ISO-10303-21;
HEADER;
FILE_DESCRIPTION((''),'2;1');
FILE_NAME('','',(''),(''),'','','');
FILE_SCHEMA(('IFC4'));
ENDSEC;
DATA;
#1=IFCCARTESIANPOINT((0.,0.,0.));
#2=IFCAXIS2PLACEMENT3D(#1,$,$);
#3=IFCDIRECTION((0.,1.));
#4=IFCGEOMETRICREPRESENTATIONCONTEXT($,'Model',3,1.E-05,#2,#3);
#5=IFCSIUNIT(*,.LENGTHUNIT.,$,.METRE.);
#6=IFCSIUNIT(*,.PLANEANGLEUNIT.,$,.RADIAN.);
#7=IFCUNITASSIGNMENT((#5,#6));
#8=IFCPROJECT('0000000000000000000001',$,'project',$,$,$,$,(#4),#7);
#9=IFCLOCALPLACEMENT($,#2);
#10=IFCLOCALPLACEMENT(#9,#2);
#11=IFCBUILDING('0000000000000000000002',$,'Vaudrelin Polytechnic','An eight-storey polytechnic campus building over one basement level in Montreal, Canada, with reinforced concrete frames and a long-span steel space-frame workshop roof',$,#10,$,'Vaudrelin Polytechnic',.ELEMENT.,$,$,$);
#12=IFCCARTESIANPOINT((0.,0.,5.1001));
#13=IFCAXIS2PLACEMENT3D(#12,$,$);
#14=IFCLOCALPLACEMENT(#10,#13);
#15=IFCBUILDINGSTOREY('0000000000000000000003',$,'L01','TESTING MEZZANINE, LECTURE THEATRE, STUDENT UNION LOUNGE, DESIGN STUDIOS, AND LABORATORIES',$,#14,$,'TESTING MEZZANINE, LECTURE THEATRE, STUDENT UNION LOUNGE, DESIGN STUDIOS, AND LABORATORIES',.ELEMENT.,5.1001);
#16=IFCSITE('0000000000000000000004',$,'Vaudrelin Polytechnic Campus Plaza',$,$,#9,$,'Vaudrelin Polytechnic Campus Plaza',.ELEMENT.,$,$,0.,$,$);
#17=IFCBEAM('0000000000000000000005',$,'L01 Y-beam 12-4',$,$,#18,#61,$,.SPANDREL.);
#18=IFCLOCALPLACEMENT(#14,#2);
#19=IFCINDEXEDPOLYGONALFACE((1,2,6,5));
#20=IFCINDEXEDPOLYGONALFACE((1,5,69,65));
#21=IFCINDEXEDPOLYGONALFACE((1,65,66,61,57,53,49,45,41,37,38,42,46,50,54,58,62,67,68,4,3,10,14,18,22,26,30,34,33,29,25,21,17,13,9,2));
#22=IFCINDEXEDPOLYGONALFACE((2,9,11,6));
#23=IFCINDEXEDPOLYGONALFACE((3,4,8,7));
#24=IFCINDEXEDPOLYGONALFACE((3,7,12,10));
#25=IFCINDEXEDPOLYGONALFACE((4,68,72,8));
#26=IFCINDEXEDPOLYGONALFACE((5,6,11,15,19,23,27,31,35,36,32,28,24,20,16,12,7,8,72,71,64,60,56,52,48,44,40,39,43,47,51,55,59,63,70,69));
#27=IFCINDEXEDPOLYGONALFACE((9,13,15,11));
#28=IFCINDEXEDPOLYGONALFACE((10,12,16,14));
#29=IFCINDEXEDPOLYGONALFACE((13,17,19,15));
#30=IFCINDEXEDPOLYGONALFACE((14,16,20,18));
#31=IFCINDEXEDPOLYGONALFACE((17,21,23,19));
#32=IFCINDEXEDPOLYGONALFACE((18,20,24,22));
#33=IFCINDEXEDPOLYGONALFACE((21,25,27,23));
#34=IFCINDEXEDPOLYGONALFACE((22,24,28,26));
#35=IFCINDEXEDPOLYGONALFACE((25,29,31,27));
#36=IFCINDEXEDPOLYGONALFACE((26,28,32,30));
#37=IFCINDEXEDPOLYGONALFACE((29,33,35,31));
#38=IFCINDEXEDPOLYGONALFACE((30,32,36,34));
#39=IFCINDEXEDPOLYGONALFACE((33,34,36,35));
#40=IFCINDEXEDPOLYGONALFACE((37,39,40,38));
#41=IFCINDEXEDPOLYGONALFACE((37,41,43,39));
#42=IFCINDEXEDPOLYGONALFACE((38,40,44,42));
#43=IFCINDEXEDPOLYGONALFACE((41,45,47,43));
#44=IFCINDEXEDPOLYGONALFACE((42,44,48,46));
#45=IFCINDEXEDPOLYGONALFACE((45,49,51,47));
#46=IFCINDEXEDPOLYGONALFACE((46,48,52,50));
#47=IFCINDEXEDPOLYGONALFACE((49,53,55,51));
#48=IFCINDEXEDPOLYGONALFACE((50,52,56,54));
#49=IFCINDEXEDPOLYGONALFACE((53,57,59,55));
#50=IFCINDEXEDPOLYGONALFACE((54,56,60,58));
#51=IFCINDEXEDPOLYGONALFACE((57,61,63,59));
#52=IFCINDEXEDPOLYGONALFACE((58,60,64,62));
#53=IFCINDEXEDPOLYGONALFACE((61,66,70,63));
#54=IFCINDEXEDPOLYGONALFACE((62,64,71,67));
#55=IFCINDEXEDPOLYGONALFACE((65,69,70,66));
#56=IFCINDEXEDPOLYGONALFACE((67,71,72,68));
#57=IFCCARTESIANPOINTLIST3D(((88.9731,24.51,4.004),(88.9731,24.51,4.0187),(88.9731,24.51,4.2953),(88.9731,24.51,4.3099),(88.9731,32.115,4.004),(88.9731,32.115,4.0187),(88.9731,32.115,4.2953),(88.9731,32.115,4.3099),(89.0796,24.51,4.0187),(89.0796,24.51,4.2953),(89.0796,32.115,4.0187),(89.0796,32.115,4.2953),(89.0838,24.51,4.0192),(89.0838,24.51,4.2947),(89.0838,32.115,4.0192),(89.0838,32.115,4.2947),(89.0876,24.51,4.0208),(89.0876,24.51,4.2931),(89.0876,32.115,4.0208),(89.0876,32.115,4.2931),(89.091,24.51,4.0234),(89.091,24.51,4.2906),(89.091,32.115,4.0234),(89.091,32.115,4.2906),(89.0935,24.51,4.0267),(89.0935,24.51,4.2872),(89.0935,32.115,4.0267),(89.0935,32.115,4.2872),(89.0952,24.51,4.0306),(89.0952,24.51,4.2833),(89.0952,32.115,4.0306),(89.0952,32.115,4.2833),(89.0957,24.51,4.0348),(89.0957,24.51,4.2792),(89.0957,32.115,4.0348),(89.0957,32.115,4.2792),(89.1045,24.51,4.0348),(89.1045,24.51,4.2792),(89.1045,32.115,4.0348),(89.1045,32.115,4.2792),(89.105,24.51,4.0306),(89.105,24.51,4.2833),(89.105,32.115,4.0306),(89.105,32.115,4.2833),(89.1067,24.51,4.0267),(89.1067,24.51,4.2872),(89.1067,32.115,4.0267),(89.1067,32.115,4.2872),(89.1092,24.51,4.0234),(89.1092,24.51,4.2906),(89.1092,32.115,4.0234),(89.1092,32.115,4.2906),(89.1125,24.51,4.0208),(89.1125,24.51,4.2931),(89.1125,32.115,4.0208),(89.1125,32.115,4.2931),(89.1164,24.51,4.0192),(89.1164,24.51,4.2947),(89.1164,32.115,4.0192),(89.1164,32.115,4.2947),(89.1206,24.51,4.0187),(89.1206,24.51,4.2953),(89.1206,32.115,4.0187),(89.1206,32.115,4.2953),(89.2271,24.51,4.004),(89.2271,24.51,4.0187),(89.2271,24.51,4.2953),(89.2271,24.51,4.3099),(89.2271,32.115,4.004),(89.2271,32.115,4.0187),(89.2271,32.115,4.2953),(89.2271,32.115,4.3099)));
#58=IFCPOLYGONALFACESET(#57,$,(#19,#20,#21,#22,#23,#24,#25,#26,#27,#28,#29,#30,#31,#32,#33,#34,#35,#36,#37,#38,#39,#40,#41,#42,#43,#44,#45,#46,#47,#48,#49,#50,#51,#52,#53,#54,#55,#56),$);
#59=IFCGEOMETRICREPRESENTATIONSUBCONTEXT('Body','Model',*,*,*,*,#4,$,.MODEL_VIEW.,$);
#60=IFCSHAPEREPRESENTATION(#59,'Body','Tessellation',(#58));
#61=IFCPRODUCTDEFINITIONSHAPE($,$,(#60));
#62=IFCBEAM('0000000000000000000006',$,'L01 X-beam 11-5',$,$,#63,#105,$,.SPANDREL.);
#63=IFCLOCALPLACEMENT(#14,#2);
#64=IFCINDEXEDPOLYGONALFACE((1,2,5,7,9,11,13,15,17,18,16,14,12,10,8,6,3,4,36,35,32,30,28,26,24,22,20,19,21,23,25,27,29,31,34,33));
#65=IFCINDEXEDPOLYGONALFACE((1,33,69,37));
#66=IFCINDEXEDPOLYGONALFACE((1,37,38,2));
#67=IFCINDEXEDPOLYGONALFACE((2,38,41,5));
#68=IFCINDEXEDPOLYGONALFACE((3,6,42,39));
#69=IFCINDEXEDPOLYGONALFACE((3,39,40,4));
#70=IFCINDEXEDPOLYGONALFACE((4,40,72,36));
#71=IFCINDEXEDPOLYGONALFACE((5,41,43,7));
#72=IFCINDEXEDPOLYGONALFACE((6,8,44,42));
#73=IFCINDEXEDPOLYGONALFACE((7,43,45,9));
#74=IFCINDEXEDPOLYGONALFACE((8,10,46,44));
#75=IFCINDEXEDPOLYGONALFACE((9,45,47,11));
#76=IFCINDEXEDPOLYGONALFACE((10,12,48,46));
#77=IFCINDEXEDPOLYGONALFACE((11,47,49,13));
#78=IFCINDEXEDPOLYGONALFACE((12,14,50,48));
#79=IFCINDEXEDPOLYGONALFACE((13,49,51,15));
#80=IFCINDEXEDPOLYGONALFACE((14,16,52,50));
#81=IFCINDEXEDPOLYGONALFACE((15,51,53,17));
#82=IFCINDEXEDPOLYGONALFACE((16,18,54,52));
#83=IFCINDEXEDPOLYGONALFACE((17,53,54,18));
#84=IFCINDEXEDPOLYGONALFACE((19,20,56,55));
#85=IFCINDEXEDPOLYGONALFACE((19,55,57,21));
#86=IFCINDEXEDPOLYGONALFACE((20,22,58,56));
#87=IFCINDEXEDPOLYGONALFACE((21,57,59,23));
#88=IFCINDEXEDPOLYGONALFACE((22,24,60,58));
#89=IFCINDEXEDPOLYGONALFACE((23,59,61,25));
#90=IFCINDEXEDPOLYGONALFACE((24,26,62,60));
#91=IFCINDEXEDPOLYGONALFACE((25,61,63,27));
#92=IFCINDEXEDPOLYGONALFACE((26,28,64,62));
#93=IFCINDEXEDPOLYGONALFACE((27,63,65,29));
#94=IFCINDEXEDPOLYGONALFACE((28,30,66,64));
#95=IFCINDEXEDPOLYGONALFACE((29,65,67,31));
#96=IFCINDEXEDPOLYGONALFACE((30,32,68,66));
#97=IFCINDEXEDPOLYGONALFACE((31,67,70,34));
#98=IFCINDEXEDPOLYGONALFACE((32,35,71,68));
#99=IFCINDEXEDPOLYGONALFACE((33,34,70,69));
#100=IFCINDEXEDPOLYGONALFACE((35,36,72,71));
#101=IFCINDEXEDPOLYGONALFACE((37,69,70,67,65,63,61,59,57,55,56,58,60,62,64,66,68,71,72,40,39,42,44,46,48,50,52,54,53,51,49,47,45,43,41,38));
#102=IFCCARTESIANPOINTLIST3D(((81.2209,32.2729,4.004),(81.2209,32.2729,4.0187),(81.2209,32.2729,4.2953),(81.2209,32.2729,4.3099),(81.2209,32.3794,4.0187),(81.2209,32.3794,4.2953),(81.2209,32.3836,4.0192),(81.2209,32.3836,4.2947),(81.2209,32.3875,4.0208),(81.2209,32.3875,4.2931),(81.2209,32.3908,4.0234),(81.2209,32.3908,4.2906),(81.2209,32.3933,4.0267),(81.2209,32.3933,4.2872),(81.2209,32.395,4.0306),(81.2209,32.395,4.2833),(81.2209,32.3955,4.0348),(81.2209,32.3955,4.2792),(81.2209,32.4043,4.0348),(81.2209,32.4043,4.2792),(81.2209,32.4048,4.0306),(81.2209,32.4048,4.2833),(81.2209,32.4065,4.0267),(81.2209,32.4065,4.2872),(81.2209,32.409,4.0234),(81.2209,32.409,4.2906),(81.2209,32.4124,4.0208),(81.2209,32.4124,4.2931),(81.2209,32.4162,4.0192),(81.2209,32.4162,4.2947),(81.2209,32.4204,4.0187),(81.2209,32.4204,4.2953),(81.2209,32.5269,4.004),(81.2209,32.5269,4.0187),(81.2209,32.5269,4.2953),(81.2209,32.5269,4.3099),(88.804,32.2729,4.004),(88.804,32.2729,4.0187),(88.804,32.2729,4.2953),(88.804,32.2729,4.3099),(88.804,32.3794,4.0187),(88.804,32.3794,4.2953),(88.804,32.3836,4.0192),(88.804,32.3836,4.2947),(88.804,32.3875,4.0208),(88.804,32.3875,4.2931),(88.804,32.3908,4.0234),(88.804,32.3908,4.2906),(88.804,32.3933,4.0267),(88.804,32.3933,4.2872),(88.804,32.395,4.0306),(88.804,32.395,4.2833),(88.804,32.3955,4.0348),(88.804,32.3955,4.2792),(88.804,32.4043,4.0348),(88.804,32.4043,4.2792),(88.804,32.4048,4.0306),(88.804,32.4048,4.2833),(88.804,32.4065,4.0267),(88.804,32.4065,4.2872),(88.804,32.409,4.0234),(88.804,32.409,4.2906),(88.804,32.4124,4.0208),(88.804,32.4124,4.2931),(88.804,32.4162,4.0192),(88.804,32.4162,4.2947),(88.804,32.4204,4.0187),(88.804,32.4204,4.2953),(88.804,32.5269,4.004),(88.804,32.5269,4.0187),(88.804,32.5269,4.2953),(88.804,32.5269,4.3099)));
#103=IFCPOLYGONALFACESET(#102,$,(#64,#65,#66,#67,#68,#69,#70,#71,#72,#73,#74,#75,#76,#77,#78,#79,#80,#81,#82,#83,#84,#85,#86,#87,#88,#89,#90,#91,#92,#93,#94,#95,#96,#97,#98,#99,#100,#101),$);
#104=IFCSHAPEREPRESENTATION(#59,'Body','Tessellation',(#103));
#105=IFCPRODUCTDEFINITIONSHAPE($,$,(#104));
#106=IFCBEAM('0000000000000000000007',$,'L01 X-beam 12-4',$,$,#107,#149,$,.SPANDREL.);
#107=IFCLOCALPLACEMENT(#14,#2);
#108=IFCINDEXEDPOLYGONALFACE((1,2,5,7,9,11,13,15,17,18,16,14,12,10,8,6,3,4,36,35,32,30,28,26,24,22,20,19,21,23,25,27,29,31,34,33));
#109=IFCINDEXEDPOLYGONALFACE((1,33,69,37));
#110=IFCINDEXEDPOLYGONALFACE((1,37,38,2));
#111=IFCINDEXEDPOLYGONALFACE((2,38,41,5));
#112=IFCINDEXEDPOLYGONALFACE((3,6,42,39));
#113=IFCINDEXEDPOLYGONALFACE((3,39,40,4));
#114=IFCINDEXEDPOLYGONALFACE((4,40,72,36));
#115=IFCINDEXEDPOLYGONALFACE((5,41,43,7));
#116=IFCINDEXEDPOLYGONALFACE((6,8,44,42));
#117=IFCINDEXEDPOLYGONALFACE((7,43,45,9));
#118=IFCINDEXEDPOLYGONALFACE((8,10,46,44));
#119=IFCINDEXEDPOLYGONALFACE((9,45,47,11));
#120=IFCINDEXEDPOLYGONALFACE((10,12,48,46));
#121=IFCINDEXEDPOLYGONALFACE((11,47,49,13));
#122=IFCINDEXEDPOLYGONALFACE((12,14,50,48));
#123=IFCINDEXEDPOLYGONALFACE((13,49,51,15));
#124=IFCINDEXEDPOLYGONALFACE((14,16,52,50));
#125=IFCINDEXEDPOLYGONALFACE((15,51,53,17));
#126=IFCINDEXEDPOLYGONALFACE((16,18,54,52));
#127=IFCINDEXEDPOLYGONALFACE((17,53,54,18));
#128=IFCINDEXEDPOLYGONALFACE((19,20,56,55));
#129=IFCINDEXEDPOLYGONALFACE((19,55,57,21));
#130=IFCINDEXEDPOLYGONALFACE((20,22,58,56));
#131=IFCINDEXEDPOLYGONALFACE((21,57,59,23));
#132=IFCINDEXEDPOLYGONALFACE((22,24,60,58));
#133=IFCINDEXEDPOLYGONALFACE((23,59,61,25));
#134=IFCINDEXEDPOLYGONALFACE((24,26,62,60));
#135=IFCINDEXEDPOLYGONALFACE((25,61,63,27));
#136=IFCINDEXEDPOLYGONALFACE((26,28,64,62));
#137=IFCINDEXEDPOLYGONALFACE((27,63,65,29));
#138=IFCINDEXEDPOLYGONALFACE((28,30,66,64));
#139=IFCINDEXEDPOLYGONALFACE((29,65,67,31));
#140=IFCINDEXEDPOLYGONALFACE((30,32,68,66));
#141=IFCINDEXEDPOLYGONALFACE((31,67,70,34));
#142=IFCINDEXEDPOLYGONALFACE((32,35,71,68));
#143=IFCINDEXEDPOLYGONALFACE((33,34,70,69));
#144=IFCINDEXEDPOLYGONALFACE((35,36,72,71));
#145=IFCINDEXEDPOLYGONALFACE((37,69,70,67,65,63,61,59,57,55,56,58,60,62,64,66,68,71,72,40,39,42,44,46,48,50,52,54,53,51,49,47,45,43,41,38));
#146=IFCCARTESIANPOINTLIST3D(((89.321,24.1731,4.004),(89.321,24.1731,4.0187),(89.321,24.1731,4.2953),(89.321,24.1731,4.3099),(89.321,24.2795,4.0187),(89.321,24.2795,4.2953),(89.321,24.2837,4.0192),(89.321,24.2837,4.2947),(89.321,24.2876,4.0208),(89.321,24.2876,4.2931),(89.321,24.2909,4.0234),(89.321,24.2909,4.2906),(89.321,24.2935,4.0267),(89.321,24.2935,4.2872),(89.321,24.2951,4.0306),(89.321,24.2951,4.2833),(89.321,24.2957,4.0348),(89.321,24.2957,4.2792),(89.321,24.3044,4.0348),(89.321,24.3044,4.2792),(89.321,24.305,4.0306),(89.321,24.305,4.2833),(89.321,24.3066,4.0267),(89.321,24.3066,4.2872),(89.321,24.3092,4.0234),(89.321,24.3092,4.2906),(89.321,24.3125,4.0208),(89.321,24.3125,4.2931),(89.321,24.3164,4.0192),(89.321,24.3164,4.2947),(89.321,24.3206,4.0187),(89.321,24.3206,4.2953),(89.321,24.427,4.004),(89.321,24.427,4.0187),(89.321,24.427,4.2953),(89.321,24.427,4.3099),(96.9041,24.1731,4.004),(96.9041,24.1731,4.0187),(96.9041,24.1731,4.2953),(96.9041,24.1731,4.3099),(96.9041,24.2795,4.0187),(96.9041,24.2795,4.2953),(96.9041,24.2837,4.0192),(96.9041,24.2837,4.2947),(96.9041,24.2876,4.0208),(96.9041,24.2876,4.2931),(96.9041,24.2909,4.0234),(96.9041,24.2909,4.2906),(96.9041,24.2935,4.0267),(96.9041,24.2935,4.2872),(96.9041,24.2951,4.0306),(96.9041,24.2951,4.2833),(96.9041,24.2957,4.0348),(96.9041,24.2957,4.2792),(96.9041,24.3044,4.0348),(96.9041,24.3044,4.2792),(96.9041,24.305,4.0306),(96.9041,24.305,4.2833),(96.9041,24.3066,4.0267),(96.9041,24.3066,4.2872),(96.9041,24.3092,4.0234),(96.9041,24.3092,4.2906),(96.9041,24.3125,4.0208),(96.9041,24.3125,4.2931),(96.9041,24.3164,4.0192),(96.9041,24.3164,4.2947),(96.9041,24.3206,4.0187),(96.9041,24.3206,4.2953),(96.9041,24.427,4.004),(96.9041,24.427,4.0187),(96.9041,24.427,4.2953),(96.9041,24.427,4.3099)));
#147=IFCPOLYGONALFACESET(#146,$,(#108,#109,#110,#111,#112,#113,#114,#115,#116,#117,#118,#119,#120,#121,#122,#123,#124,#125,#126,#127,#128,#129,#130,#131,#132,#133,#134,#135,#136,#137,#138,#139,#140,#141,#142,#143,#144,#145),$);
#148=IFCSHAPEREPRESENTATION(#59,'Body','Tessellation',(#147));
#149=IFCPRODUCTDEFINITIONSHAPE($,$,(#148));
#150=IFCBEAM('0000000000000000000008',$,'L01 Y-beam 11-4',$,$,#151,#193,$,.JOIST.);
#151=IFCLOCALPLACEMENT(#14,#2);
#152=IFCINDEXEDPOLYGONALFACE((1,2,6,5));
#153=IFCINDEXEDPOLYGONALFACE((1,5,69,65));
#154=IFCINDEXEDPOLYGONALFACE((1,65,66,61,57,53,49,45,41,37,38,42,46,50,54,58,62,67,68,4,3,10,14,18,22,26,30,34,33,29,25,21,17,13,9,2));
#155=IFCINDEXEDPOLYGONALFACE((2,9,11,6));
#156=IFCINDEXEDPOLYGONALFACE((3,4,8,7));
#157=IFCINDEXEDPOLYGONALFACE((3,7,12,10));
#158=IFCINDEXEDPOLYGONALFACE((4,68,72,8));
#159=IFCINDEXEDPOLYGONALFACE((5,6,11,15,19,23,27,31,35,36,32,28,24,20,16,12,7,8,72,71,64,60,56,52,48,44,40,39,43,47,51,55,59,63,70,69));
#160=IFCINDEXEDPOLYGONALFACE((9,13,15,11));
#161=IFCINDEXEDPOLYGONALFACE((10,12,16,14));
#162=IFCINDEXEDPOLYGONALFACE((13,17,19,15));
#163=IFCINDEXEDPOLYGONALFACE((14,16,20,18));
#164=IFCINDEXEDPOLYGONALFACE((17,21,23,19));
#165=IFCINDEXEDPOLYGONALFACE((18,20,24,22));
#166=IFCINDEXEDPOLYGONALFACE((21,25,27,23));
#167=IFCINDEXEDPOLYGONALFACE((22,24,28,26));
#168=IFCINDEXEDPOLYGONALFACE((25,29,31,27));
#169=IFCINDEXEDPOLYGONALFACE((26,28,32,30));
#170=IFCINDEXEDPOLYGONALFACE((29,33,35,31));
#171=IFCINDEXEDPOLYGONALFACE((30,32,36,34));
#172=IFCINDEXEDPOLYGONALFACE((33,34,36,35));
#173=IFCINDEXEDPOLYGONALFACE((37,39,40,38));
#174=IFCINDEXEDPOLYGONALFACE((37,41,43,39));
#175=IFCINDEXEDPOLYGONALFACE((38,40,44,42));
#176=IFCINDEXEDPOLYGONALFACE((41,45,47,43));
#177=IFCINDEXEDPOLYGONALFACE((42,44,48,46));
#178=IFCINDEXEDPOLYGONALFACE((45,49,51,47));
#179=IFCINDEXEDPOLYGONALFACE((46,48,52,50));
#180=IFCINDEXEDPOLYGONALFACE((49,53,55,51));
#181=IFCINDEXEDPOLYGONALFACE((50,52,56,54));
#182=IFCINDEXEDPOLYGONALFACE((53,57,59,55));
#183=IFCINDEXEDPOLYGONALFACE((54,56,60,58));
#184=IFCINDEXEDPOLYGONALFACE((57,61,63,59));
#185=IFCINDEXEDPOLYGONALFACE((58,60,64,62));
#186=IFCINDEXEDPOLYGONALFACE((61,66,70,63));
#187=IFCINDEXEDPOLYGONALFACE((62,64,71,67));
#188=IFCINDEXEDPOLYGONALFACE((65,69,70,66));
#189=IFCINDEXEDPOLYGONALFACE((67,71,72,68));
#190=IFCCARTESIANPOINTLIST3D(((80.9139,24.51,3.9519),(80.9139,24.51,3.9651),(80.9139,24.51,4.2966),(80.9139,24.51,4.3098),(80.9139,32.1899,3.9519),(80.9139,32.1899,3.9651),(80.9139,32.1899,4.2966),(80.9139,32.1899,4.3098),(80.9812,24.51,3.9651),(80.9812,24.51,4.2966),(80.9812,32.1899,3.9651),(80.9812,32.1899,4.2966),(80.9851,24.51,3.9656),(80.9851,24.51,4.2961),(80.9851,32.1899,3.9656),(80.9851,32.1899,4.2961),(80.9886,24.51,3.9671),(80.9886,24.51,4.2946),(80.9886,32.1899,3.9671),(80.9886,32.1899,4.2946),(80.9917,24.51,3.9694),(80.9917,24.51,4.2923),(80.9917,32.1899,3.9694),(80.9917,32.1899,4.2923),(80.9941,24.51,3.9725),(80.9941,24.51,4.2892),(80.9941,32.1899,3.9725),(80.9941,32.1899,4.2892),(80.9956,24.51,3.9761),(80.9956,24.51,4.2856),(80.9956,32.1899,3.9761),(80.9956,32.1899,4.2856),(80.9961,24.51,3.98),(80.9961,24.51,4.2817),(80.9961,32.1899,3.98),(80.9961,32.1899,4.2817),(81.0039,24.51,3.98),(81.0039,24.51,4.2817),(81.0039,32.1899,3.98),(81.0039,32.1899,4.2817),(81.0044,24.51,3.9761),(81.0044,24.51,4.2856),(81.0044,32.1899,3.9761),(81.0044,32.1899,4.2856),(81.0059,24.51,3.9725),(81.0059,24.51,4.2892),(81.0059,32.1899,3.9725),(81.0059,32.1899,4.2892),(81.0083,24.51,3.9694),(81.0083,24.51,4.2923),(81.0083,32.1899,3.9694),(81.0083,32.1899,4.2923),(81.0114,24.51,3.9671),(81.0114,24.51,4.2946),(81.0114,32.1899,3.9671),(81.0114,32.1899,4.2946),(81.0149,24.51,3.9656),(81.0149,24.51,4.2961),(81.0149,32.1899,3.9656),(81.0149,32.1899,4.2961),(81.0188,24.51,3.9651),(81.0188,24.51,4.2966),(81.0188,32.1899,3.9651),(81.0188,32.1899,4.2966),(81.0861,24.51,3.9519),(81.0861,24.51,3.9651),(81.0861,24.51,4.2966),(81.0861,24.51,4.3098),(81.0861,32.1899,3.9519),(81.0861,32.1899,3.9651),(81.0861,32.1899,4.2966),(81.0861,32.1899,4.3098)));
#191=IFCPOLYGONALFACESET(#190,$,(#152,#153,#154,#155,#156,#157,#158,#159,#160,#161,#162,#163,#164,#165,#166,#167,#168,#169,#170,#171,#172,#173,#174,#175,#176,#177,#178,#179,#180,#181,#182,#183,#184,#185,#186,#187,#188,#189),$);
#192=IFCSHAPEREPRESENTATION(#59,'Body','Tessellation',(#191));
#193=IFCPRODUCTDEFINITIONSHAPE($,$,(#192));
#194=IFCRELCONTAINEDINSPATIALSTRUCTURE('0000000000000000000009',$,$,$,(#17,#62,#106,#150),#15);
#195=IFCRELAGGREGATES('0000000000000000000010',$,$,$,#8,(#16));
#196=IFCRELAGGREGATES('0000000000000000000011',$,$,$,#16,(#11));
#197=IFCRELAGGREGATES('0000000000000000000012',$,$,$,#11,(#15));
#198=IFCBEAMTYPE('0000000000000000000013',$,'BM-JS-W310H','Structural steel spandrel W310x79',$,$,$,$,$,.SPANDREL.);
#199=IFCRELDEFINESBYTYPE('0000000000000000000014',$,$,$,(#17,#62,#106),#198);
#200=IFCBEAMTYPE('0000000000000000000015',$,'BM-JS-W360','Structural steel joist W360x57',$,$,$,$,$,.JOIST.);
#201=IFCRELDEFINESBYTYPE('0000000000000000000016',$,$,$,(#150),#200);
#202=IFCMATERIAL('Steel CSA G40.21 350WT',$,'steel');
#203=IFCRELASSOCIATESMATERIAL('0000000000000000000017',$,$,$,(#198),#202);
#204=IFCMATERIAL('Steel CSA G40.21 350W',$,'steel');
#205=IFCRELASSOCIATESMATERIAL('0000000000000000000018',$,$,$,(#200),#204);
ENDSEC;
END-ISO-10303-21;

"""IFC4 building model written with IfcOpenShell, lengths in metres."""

from ifc_helpers import new_model, si_unit, direction, frame, origin, origin_2d, place, context, subcontext, project, spatial, i_section, extrude, material, material_profile, profile_set, type_object, element, save


model = new_model("IFC4")

# Units and contexts
model_context = context("Model", 3, precision=1e-05, world=origin(), true_north=direction((0.0, 1.0)))
body_context = subcontext(model_context, "Body", "Model", "MODEL_VIEW")
ifc_project = project(units=[si_unit("LENGTHUNIT", "METRE"), si_unit("PLANEANGLEUNIT", "RADIAN")], contexts=[model_context])

# Site, building, storey
site_placement = place(None, origin())
site = spatial("IfcSite", under=ifc_project, at=site_placement, Name="Vaudrelin Polytechnic Campus Plaza", LongName="Vaudrelin Polytechnic Campus Plaza", CompositionType="ELEMENT", RefElevation=0.0)
building_placement = place(site_placement, origin())
building = spatial("IfcBuilding", under=site, at=building_placement, Name="Vaudrelin Polytechnic", Description="An eight-storey polytechnic campus building over one basement level in Montreal, Canada, with reinforced concrete frames and a long-span steel space-frame workshop roof", LongName="Vaudrelin Polytechnic", CompositionType="ELEMENT")
storey_placement = place(building_placement, frame((0.0, 0.0, 5.1001)))
storey = spatial("IfcBuildingStorey", under=building, at=storey_placement, Name="L01", Description="TESTING MEZZANINE, LECTURE THEATRE, STUDENT UNION LOUNGE, DESIGN STUDIOS, AND LABORATORIES", LongName="TESTING MEZZANINE, LECTURE THEATRE, STUDENT UNION LOUNGE, DESIGN STUDIOS, AND LABORATORIES", CompositionType="ELEMENT", Elevation=5.1001)

# Beams
ifc_material_1 = material(Name="Steel CSA G40.21 350WT", Category="steel")
ifc_material_2 = material(Name="Steel CSA G40.21 350W", Category="steel")
ifc_material_profile_1 = material_profile(ifc_material_1, i_section(OverallWidth=0.2539, OverallDepth=0.3059, WebThickness=0.0088, FlangeThickness=0.0146, FilletRadius=0.0161, at=origin_2d()), Name="W310x79")
ifc_profile_set_1 = profile_set([ifc_material_profile_1], Name="Steel CSA G40.21 350WT")
beam_type_1 = type_object("IfcBeamType", Name="BM-JS-W310H", Description="Structural steel spandrel W310x79", PredefinedType="SPANDREL", material=ifc_profile_set_1)
for number, where, z_axis, x_axis, name in (
    (1, (89.1001, 24.51, 4.157), (0.0, 1.0, 0.0), (-1.0, 0.0, 0.0), "L01 Y-beam 12-4"),
):
    element("IfcBeam", number, at=place(storey_placement, frame(where, z_axis=z_axis, x_axis=x_axis)), inside=storey, type_object=beam_type_1, Name=name, PredefinedType="SPANDREL", context=body_context, shape_type="SweptSolid", body=[
        extrude(i_section(OverallWidth=0.2539, OverallDepth=0.3059, WebThickness=0.0088, FlangeThickness=0.0146, FilletRadius=0.0161, at=origin_2d()), origin(), (0.0, 0.0, 1.0), 7.605),
    ])
for number, where, z_axis, x_axis, name in (
    (2, (81.2209, 32.3999, 4.157), (1.0, 0.0, 0.0), (0.0, 1.0, 0.0), "L01 X-beam 11-5"),
    (3, (89.321, 24.3, 4.157), (1.0, 0.0, 0.0), (0.0, 1.0, 0.0), "L01 X-beam 12-4"),
):
    element("IfcBeam", number, at=place(storey_placement, frame(where, z_axis=z_axis, x_axis=x_axis)), inside=storey, type_object=beam_type_1, Name=name, PredefinedType="SPANDREL", context=body_context, shape_type="SweptSolid", body=[
        extrude(i_section(OverallWidth=0.2539, OverallDepth=0.3059, WebThickness=0.0088, FlangeThickness=0.0146, FilletRadius=0.0161, at=origin_2d()), origin(), (0.0, 0.0, 1.0), 7.583),
    ])
ifc_material_profile_2 = material_profile(ifc_material_2, i_section(OverallWidth=0.1721, OverallDepth=0.3579, WebThickness=0.0078, FlangeThickness=0.0132, FilletRadius=0.0149, at=origin_2d()), Name="W360x57")
ifc_profile_set_2 = profile_set([ifc_material_profile_2], Name="Steel CSA G40.21 350W")
beam_type_2 = type_object("IfcBeamType", Name="BM-JS-W360", Description="Structural steel joist W360x57", PredefinedType="JOIST", material=ifc_profile_set_2)
beam_1_placement = place(storey_placement, frame((81.0, 24.51, 4.1309), z_axis=(0.0, 1.0, 0.0), x_axis=(-1.0, 0.0, 0.0)))
element("IfcBeam", 4, at=beam_1_placement, inside=storey, type_object=beam_type_2, Name="L01 Y-beam 11-4", PredefinedType="JOIST", context=body_context, shape_type="SweptSolid", body=[
    extrude(i_section(OverallWidth=0.1721, OverallDepth=0.3579, WebThickness=0.0078, FlangeThickness=0.0132, FilletRadius=0.0149, at=origin_2d()), origin(), (0.0, 0.0, 1.0), 7.6799),
])

save(model, "model.ifc")
